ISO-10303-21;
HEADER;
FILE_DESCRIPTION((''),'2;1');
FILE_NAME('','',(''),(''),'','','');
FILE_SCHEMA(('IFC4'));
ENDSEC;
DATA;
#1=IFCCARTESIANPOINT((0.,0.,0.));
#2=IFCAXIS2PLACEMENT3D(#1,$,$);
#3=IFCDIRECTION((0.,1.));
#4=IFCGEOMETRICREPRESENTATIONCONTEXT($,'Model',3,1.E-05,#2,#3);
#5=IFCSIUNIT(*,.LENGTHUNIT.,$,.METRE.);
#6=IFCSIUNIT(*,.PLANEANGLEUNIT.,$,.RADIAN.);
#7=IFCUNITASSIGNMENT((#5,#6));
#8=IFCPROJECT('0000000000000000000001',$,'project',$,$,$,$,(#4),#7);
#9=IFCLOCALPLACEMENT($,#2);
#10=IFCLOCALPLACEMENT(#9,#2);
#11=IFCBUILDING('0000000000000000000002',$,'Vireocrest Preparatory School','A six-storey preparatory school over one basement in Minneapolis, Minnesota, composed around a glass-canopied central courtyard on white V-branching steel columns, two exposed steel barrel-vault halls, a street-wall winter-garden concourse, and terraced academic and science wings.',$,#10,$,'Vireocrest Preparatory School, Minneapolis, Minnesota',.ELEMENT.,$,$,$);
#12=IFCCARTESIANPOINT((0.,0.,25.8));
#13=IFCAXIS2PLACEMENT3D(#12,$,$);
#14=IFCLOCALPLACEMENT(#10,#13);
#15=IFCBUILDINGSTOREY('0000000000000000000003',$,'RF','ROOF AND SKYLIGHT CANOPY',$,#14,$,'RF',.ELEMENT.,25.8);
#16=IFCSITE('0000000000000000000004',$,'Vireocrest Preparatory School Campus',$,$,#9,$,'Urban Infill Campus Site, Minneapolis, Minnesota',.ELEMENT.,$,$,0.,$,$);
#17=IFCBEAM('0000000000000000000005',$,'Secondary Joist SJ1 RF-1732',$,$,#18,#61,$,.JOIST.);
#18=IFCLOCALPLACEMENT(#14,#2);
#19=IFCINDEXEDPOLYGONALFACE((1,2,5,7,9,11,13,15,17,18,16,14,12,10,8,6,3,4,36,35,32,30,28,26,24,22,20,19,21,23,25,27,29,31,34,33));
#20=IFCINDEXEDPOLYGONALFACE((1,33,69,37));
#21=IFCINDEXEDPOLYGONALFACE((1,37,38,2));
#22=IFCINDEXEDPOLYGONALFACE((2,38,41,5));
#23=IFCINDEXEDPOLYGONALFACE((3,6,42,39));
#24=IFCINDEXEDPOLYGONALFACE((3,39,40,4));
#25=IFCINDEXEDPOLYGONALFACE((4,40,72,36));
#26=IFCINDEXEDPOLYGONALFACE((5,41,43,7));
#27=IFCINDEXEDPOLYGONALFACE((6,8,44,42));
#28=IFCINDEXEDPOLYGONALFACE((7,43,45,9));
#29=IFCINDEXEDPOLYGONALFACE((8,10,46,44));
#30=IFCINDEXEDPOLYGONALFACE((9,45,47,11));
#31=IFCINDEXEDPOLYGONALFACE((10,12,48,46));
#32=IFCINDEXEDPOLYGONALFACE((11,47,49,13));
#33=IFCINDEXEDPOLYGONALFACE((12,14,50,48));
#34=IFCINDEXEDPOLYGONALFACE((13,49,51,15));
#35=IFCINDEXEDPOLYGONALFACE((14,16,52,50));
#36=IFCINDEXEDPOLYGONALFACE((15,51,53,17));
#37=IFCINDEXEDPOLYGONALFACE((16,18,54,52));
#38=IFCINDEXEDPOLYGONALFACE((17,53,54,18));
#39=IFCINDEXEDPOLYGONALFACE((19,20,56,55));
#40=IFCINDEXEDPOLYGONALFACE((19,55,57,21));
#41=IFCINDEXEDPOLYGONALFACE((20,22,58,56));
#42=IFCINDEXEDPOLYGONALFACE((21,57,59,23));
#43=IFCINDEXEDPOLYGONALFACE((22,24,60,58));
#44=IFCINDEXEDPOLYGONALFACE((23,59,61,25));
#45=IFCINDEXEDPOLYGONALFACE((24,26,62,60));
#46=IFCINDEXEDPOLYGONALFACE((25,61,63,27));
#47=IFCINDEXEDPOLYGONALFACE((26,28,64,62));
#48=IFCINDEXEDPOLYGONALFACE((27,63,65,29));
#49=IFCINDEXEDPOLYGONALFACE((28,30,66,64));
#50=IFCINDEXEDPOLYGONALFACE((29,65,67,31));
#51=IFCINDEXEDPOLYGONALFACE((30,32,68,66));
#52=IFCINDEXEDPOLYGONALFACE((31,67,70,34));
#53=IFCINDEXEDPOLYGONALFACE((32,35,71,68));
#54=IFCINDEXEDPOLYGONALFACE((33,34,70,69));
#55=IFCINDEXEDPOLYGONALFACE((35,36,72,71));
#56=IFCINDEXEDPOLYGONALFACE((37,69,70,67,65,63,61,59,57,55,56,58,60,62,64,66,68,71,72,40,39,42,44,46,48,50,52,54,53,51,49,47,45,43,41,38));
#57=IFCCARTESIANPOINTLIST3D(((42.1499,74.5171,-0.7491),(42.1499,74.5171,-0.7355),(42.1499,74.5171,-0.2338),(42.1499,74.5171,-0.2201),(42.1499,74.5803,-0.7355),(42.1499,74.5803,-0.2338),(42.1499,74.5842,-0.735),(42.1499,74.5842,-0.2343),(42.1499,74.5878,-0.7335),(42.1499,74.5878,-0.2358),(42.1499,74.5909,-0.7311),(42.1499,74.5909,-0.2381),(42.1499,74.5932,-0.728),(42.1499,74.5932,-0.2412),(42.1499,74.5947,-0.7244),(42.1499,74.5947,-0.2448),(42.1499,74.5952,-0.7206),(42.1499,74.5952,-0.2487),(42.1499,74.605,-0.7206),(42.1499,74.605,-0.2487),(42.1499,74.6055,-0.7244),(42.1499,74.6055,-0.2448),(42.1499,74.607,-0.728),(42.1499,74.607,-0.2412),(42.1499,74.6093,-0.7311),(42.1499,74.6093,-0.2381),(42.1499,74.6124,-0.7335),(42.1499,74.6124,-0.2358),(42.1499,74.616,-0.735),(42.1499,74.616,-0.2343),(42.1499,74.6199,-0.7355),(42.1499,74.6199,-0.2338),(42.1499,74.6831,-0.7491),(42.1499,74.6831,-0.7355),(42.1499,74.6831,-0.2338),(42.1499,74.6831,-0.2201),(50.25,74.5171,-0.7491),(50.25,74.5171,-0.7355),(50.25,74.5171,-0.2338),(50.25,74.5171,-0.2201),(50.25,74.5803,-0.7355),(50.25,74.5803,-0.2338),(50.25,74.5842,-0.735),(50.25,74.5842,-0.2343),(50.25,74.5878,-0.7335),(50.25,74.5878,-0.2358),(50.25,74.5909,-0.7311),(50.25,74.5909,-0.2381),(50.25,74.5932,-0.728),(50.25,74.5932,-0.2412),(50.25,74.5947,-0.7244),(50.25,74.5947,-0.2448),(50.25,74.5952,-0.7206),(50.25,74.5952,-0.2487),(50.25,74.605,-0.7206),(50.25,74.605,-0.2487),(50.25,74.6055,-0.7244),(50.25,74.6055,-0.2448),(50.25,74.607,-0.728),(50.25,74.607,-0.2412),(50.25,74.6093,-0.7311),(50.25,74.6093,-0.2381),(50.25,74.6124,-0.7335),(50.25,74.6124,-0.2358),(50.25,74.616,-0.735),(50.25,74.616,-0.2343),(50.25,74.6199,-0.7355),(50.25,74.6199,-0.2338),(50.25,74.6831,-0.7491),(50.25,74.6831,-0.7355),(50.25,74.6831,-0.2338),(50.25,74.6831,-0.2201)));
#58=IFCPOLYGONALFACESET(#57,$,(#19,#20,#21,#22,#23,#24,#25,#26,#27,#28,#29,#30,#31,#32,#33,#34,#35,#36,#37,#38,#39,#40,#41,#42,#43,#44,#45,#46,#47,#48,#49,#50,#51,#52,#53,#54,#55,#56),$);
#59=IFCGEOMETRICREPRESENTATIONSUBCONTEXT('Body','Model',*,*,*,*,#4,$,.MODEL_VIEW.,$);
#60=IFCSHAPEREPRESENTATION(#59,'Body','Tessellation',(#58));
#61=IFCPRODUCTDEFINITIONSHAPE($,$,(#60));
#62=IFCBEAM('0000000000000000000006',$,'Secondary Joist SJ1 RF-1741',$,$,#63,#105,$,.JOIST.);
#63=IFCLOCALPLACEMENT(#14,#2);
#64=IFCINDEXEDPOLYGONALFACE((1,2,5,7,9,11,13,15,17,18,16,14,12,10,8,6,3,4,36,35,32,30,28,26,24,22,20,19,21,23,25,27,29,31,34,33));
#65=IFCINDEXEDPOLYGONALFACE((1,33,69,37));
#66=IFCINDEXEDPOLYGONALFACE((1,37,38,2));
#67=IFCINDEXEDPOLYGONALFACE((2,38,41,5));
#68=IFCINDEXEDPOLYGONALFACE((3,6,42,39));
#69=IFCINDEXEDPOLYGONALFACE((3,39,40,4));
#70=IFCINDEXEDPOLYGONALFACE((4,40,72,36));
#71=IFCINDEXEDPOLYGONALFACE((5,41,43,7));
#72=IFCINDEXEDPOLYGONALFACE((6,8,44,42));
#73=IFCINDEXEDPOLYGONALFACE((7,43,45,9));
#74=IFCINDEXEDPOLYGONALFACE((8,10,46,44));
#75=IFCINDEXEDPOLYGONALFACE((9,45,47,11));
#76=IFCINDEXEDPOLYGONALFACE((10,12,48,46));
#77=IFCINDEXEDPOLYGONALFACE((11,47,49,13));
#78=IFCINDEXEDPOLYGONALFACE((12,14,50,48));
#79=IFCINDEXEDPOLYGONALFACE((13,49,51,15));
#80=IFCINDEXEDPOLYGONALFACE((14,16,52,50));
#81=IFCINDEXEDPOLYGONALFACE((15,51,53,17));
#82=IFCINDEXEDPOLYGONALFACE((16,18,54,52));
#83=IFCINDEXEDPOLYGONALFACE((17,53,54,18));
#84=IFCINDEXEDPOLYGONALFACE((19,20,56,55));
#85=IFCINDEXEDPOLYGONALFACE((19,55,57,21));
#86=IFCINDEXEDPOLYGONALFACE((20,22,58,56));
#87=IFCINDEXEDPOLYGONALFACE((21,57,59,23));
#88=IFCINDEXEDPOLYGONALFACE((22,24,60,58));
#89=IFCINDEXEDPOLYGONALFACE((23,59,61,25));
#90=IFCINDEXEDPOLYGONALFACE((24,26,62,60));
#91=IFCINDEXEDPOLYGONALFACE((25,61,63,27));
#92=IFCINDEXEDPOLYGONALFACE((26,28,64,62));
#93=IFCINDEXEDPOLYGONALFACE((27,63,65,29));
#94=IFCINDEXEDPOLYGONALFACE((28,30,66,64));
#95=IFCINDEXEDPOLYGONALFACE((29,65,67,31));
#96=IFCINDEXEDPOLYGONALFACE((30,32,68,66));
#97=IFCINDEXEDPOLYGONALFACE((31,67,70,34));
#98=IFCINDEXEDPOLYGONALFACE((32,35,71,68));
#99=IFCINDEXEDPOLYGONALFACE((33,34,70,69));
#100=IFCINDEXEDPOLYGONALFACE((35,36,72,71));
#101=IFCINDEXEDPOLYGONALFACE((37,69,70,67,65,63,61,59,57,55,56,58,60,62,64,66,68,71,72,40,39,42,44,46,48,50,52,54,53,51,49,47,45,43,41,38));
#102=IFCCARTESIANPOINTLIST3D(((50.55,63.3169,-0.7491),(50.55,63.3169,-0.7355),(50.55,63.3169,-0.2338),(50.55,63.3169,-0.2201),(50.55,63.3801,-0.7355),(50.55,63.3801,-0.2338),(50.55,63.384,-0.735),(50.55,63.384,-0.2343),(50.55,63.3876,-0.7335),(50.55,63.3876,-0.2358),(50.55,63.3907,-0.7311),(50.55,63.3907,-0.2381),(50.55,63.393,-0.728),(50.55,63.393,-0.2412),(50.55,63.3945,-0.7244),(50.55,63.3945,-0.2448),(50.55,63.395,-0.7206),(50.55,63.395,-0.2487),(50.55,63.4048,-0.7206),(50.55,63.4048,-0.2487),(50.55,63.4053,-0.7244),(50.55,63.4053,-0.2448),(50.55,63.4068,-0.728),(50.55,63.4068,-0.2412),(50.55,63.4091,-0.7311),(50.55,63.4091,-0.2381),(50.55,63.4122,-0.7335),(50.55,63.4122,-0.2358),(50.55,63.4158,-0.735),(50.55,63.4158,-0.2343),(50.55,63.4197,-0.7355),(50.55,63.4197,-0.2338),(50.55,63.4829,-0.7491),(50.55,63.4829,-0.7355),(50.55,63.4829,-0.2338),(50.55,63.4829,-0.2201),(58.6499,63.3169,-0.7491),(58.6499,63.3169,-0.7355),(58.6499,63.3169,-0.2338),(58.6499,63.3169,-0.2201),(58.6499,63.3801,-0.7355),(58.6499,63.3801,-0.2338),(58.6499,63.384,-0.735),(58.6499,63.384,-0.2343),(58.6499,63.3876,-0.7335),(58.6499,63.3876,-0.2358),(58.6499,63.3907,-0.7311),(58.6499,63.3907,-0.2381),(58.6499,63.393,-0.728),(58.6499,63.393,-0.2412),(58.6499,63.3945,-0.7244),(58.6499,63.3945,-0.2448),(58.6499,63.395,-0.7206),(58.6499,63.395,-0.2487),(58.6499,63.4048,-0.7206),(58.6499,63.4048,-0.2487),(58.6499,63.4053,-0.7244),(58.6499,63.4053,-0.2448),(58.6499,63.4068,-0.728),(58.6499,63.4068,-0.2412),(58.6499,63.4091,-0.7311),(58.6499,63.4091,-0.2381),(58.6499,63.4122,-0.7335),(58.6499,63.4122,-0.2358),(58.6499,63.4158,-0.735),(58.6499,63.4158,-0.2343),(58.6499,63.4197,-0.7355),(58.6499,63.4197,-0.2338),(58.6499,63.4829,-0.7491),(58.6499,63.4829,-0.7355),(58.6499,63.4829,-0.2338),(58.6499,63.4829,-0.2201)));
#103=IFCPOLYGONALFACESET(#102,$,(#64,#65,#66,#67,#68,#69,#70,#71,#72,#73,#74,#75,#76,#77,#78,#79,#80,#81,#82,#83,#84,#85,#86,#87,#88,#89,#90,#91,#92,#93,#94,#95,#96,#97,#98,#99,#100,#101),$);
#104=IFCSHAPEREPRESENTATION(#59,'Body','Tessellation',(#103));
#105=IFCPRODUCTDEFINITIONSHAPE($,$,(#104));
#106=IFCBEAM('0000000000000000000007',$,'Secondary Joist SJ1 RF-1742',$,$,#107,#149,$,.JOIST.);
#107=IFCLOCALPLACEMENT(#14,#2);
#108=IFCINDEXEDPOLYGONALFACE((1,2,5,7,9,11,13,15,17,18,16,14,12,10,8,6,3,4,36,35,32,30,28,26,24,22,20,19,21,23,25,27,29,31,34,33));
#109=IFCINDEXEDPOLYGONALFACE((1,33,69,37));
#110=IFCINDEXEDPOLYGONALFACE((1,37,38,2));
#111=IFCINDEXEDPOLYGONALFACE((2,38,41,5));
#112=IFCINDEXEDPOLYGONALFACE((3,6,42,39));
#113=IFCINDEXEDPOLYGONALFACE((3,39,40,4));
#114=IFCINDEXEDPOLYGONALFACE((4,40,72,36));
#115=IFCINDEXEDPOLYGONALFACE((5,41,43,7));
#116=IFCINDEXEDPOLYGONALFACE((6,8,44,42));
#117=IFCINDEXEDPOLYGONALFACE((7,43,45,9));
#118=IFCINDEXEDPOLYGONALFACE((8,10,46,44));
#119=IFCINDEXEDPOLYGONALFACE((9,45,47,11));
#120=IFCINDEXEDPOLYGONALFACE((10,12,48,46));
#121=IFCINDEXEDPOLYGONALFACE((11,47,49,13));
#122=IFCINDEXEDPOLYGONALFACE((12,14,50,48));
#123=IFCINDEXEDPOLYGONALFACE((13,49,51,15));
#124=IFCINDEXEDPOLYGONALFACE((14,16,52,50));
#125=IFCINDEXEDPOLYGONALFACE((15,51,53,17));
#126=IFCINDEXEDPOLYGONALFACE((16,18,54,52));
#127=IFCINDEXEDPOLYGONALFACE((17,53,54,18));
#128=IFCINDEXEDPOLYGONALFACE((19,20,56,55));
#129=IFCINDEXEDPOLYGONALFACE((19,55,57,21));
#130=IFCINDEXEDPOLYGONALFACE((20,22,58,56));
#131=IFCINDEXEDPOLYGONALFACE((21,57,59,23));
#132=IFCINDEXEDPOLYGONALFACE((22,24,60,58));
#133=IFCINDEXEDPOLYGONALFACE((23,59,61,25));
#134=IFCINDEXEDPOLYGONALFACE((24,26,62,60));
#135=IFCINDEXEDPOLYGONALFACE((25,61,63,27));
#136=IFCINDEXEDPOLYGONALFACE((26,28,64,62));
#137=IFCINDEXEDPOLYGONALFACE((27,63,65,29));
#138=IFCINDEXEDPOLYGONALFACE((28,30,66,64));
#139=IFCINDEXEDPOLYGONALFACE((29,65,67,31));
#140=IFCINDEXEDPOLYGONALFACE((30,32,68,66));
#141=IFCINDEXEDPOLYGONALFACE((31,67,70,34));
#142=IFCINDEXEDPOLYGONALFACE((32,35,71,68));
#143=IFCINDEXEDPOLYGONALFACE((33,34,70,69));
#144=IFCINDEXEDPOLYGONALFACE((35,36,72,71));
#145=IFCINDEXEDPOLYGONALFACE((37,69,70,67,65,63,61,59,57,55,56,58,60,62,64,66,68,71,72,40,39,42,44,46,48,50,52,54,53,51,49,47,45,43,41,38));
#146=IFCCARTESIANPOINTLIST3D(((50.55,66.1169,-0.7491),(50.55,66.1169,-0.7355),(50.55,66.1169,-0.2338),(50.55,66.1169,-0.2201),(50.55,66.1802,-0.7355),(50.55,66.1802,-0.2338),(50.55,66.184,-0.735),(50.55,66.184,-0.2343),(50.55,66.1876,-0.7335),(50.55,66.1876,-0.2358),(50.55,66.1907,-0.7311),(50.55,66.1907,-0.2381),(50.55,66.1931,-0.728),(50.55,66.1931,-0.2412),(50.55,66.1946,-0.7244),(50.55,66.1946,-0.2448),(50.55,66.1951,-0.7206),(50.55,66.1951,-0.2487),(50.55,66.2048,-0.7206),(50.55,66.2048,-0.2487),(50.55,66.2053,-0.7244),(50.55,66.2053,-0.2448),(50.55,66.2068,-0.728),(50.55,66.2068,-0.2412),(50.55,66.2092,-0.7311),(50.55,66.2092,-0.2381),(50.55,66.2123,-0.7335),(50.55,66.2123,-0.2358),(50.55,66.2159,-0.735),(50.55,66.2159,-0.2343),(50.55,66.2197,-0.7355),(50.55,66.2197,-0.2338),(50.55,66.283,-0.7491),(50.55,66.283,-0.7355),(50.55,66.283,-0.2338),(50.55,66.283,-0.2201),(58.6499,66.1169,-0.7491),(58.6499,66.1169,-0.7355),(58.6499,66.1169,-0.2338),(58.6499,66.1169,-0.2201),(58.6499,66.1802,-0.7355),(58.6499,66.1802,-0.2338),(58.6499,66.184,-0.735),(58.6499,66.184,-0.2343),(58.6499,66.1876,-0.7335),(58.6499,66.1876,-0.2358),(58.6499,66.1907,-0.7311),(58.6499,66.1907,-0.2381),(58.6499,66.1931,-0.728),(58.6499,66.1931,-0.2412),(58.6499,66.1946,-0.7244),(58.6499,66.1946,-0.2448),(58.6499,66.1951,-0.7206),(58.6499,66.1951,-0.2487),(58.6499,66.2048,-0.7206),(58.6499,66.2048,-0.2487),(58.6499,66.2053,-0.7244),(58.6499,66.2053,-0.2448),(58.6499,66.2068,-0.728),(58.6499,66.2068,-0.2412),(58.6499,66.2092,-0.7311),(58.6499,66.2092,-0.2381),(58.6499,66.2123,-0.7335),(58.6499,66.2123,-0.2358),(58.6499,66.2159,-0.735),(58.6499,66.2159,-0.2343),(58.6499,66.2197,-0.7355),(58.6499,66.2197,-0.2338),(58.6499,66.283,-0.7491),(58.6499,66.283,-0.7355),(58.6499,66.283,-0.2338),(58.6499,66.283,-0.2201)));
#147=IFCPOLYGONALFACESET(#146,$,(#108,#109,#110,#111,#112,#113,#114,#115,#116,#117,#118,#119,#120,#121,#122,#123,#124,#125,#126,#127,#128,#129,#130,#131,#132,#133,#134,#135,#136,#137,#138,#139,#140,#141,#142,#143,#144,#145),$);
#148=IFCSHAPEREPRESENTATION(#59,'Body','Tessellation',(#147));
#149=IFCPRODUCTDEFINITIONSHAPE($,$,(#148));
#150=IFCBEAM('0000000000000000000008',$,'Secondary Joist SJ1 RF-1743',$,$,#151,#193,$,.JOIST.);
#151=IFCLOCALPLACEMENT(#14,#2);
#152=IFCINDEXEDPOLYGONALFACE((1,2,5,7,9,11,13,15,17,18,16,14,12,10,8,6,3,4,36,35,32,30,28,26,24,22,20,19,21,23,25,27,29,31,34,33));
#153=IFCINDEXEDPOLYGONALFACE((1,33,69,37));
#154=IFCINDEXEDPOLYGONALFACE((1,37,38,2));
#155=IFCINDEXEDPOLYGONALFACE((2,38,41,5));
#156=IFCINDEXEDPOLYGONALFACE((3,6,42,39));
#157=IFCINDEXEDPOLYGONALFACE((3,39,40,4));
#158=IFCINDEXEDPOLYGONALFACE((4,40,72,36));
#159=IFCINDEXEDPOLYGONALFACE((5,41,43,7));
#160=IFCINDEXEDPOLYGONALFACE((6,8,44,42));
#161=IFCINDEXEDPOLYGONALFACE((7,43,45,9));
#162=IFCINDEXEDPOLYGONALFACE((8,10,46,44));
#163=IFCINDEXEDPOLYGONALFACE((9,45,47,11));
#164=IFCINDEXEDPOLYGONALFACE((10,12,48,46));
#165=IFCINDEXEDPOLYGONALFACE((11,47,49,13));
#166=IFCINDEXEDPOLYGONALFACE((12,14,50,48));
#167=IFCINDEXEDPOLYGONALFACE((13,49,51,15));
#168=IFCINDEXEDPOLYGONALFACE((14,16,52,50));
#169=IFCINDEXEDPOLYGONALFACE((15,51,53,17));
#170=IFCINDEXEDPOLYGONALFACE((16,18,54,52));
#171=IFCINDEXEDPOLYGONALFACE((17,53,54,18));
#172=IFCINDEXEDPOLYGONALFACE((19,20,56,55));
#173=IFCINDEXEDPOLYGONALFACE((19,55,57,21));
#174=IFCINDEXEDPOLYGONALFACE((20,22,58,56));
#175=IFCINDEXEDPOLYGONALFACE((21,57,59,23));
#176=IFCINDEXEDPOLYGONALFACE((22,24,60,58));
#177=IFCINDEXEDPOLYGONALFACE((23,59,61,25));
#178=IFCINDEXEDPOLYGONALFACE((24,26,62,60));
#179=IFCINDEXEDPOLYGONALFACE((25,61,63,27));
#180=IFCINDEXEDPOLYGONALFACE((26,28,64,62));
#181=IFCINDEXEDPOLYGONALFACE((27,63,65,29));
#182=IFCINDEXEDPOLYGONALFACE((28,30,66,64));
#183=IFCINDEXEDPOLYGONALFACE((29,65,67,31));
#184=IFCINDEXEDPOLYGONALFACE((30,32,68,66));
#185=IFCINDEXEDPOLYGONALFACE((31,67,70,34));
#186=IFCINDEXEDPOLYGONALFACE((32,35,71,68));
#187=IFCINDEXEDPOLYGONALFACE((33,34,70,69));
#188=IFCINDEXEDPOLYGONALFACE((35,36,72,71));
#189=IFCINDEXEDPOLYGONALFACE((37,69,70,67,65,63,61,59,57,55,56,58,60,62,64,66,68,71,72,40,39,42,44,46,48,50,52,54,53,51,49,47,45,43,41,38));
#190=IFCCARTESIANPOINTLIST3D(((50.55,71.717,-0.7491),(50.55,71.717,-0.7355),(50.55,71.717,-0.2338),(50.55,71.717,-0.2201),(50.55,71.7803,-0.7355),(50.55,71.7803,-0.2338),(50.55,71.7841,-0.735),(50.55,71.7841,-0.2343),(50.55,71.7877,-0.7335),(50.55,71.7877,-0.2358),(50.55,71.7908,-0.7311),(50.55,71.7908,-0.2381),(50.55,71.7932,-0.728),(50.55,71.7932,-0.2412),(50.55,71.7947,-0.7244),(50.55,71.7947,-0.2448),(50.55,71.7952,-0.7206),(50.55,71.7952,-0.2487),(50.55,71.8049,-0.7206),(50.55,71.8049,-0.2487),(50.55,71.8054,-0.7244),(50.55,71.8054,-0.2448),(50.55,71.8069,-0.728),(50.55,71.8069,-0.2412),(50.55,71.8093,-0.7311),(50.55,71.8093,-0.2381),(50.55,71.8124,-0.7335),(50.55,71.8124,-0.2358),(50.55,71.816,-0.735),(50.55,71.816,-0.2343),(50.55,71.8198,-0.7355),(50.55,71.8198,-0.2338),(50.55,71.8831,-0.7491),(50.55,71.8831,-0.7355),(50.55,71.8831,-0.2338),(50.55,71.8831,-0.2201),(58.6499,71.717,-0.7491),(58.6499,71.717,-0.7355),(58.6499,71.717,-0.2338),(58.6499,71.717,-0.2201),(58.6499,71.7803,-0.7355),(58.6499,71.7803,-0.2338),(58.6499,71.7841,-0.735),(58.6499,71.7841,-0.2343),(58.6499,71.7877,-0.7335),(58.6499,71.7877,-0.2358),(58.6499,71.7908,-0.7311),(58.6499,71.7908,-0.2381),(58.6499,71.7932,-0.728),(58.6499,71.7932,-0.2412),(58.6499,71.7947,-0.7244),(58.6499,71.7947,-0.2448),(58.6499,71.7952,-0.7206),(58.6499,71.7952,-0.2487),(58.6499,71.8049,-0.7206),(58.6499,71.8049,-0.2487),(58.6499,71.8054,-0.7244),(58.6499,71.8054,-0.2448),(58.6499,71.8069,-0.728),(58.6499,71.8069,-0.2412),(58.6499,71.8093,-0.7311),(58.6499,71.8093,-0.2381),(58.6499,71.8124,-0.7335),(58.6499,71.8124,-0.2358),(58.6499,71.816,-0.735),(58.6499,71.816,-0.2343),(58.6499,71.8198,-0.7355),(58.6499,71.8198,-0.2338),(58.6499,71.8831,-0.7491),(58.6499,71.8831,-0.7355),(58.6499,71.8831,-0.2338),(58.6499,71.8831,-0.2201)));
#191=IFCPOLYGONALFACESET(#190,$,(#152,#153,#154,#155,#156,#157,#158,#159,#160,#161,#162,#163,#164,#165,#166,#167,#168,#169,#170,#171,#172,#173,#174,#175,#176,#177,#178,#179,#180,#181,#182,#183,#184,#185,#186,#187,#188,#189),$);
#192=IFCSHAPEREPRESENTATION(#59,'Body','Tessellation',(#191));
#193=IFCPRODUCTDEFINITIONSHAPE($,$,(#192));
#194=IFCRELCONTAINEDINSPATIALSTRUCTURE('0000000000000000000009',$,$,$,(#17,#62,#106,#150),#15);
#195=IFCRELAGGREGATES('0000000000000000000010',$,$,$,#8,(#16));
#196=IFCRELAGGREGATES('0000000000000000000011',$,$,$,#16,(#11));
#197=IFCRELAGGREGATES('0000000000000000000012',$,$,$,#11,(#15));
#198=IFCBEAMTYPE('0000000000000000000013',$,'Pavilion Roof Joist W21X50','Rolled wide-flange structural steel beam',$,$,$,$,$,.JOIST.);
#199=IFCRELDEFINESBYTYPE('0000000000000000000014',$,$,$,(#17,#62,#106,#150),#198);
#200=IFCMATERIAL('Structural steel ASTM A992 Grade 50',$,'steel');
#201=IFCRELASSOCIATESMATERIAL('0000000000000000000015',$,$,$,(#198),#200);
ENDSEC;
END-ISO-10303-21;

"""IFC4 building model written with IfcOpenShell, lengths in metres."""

from ifc_helpers import new_model, si_unit, direction, frame, origin, origin_2d, place, context, subcontext, project, spatial, i_section, extrude, material, material_profile, profile_set, type_object, element, save


model = new_model("IFC4")

# Units and contexts
model_context = context("Model", 3, precision=1e-05, world=origin(), true_north=direction((0.0, 1.0)))
body_context = subcontext(model_context, "Body", "Model", "MODEL_VIEW")
ifc_project = project(units=[si_unit("LENGTHUNIT", "METRE"), si_unit("PLANEANGLEUNIT", "RADIAN")], contexts=[model_context])

# Site, building, storey
site_placement = place(None, origin())
site = spatial("IfcSite", under=ifc_project, at=site_placement, Name="Vireocrest Preparatory School Campus", LongName="Urban Infill Campus Site, Minneapolis, Minnesota", CompositionType="ELEMENT", RefElevation=0.0)
building_placement = place(site_placement, origin())
building = spatial("IfcBuilding", under=site, at=building_placement, Name="Vireocrest Preparatory School", Description="A six-storey preparatory school over one basement in Minneapolis, Minnesota, composed around a glass-canopied central courtyard on white V-branching steel columns, two exposed steel barrel-vault halls, a street-wall winter-garden concourse, and terraced academic and science wings.", LongName="Vireocrest Preparatory School, Minneapolis, Minnesota", CompositionType="ELEMENT")
storey_placement = place(building_placement, frame((0.0, 0.0, 25.8)))
storey = spatial("IfcBuildingStorey", under=building, at=storey_placement, Name="RF", Description="ROOF AND SKYLIGHT CANOPY", LongName="RF", CompositionType="ELEMENT", Elevation=25.8)

# Beams
ifc_material_1 = material(Name="Structural steel ASTM A992 Grade 50", Category="steel")
ifc_material_profile_1 = material_profile(ifc_material_1, i_section(OverallWidth=0.166, OverallDepth=0.5291, WebThickness=0.0098, FlangeThickness=0.0137, FilletRadius=0.0149, at=origin_2d()), Name="W21X50")
ifc_profile_set_1 = profile_set([ifc_material_profile_1], Name="Structural steel ASTM A992 Grade 50")
beam_type_1 = type_object("IfcBeamType", Name="Pavilion Roof Joist W21X50", Description="Rolled wide-flange structural steel beam", PredefinedType="JOIST", material=ifc_profile_set_1)
for number, where, z_axis, x_axis, name in (
    (1, (42.1499, 74.6001, -0.4846), (1.0, 0.0, 0.0), (0.0, 1.0, 0.0), "Secondary Joist SJ1 RF-1732"),
):
    element("IfcBeam", number, at=place(storey_placement, frame(where, z_axis=z_axis, x_axis=x_axis)), inside=storey, type_object=beam_type_1, Name=name, PredefinedType="JOIST", context=body_context, shape_type="SweptSolid", body=[
        extrude(i_section(OverallWidth=0.166, OverallDepth=0.5291, WebThickness=0.0098, FlangeThickness=0.0137, FilletRadius=0.0149, at=origin_2d()), origin(), (0.0, 0.0, 1.0), 8.1001),
    ])
for number, where, z_axis, x_axis, name in (
    (2, (50.55, 63.3999, -0.4846), (1.0, 0.0, 0.0), (0.0, 1.0, 0.0), "Secondary Joist SJ1 RF-1741"),
    (3, (50.55, 66.2, -0.4846), (1.0, 0.0, 0.0), (0.0, 1.0, 0.0), "Secondary Joist SJ1 RF-1742"),
    (4, (50.55, 71.8, -0.4846), (1.0, 0.0, 0.0), (0.0, 1.0, 0.0), "Secondary Joist SJ1 RF-1743"),
):
    element("IfcBeam", number, at=place(storey_placement, frame(where, z_axis=z_axis, x_axis=x_axis)), inside=storey, type_object=beam_type_1, Name=name, PredefinedType="JOIST", context=body_context, shape_type="SweptSolid", body=[
        extrude(i_section(OverallWidth=0.166, OverallDepth=0.5291, WebThickness=0.0098, FlangeThickness=0.0137, FilletRadius=0.0149, at=origin_2d()), origin(), (0.0, 0.0, 1.0), 8.0999),
    ])

save(model, "model.ifc")
